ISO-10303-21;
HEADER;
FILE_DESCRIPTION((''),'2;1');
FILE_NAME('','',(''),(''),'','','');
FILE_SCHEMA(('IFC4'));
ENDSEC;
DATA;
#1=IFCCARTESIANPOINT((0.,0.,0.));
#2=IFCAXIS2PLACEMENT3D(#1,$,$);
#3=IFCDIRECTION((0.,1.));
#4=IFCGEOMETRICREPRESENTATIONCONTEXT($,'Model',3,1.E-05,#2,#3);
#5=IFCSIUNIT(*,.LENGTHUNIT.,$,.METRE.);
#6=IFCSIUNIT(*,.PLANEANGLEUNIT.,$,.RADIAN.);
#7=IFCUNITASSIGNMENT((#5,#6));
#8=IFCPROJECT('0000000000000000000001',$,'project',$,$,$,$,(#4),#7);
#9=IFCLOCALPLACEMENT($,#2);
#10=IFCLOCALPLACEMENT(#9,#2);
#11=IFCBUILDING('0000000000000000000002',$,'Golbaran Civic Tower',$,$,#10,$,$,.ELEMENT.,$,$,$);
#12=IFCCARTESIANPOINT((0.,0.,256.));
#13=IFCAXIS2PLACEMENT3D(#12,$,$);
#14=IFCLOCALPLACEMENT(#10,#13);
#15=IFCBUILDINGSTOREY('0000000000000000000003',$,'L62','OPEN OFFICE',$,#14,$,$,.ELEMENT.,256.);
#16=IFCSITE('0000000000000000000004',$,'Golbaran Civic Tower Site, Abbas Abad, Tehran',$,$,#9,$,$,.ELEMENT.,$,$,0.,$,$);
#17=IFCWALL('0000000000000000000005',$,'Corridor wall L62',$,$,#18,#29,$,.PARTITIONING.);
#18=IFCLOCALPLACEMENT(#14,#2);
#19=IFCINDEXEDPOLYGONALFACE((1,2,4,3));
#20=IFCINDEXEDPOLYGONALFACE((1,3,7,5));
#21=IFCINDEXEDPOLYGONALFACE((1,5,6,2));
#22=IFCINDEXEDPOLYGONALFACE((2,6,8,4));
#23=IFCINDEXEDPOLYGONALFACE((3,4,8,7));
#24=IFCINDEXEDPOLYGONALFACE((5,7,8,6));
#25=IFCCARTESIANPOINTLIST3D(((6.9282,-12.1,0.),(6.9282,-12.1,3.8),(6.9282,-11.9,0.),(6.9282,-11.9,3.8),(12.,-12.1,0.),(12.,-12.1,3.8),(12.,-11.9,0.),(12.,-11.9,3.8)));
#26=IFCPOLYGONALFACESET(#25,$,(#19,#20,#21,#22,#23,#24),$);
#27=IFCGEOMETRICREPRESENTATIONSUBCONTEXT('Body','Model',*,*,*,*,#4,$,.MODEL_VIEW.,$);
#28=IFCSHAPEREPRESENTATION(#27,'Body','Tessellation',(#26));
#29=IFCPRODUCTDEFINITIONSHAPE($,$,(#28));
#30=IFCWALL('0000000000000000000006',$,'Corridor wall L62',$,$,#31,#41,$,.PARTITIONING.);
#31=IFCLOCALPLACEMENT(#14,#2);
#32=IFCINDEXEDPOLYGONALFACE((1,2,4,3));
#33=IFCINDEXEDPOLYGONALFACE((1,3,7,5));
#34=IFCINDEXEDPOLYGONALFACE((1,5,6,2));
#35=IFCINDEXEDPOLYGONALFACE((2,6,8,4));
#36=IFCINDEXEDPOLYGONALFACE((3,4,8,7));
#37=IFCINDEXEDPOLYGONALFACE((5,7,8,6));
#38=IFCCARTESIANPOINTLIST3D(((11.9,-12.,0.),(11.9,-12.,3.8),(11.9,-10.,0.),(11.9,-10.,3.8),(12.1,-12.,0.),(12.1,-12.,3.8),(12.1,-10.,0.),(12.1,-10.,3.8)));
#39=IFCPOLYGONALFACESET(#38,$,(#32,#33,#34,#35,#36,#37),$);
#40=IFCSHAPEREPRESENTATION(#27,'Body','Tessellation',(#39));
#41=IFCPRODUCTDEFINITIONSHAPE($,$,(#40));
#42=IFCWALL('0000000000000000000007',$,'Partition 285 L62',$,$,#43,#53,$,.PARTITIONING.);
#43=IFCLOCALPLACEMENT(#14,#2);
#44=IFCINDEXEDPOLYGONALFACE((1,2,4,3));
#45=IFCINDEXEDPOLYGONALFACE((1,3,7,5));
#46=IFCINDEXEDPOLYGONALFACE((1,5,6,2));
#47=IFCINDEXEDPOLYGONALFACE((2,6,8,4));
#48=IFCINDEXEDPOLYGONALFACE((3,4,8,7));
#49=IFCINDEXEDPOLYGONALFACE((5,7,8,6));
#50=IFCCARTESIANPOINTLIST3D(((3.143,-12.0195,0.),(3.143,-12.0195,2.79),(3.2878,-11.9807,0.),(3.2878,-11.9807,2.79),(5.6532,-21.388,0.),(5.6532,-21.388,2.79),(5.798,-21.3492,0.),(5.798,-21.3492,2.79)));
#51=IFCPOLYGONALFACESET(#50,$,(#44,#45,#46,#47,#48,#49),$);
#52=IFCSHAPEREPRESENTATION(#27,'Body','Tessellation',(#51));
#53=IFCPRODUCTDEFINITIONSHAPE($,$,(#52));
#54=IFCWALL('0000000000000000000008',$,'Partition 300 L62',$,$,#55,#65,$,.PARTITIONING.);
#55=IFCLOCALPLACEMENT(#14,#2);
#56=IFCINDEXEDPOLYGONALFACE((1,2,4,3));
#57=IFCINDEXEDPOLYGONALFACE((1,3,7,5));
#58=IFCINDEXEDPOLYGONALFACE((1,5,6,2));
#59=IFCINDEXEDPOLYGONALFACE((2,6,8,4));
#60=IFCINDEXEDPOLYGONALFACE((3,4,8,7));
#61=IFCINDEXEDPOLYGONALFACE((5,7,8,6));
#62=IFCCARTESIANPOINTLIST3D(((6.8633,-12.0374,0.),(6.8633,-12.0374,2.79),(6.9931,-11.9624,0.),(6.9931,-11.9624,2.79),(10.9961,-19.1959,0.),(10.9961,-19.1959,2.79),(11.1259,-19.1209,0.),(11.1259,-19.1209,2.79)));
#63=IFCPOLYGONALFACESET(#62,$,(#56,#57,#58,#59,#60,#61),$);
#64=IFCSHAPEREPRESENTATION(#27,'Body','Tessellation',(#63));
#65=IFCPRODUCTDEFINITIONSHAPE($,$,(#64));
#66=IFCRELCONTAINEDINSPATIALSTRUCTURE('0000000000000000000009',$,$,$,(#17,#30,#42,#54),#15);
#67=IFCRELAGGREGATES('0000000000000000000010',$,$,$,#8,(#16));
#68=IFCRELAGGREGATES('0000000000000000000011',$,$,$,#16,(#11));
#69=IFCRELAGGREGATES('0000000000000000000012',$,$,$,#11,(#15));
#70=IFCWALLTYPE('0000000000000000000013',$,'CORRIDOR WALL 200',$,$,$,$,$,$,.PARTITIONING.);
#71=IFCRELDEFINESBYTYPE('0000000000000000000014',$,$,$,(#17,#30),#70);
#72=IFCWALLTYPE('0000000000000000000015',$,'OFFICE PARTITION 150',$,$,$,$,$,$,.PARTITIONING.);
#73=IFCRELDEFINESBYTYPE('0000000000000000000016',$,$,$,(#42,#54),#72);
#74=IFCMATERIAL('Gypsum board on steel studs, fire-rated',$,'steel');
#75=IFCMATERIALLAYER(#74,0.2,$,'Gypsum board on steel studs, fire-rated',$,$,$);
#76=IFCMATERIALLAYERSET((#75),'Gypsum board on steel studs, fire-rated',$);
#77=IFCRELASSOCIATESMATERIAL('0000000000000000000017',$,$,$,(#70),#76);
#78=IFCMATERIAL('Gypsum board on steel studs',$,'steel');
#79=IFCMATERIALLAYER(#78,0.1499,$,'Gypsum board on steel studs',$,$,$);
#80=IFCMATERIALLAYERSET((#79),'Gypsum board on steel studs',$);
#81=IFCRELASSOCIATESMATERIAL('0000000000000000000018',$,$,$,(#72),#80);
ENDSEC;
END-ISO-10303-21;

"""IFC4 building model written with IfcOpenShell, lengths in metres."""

from ifc_helpers import new_model, si_unit, direction, frame, frame_2d, origin, place, context, subcontext, project, spatial, rectangle, extrude, material, layer, layer_set, type_object, element, save


model = new_model("IFC4")

# Units and contexts
model_context = context("Model", 3, precision=1e-05, world=origin(), true_north=direction((0.0, 1.0)))
body_context = subcontext(model_context, "Body", "Model", "MODEL_VIEW")
ifc_project = project(units=[si_unit("LENGTHUNIT", "METRE"), si_unit("PLANEANGLEUNIT", "RADIAN")], contexts=[model_context])

# Site, building, storey
site_placement = place(None, origin())
site = spatial("IfcSite", under=ifc_project, at=site_placement, Name="Golbaran Civic Tower Site, Abbas Abad, Tehran", CompositionType="ELEMENT", RefElevation=0.0)
building_placement = place(site_placement, origin())
building = spatial("IfcBuilding", under=site, at=building_placement, Name="Golbaran Civic Tower", CompositionType="ELEMENT")
storey_placement = place(building_placement, frame((0.0, 0.0, 256.0)))
storey = spatial("IfcBuildingStorey", under=building, at=storey_placement, Name="L62", Description="OPEN OFFICE", CompositionType="ELEMENT", Elevation=256.0)

# Shared definitions
ifc_material_1 = material(Name="Gypsum board on steel studs, fire-rated", Category="steel")
ifc_layer_1 = layer(ifc_material_1, 0.2, Name="Gypsum board on steel studs, fire-rated")
ifc_layer_set_1 = layer_set([ifc_layer_1], Name="Gypsum board on steel studs, fire-rated")
wall_type_1 = type_object("IfcWallType", Name="CORRIDOR WALL 200", PredefinedType="PARTITIONING", material=ifc_layer_set_1)

# Walls
wall_1_placement = place(storey_placement, frame((6.9282, -12.0, 0.0), z_axis=(0.0, 0.0, 1.0), x_axis=(1.0, 0.0, 0.0)))
element("IfcWall", 1, at=wall_1_placement, inside=storey, type_object=wall_type_1, Name="Corridor wall L62", PredefinedType="PARTITIONING", context=body_context, shape_type="SweptSolid", body=[
    extrude(rectangle(XDim=5.0718, YDim=0.2, at=frame_2d((2.5359, 0.0))), origin(), (0.0, 0.0, 1.0), 3.8),
])
wall_2_placement = place(storey_placement, frame((12.0, -12.0, 0.0), z_axis=(0.0, 0.0, 1.0), x_axis=(0.0, 1.0, 0.0)))
element("IfcWall", 2, at=wall_2_placement, inside=storey, type_object=wall_type_1, Name="Corridor wall L62", PredefinedType="PARTITIONING", context=body_context, shape_type="SweptSolid", body=[
    extrude(rectangle(XDim=2.0, YDim=0.2, at=frame_2d((1.0, 0.0))), origin(), (0.0, 0.0, 1.0), 3.8),
])
ifc_material_2 = material(Name="Gypsum board on steel studs", Category="steel")
ifc_layer_2 = layer(ifc_material_2, 0.1499, Name="Gypsum board on steel studs")
ifc_layer_set_2 = layer_set([ifc_layer_2], Name="Gypsum board on steel studs")
wall_type_2 = type_object("IfcWallType", Name="OFFICE PARTITION 150", PredefinedType="PARTITIONING", material=ifc_layer_set_2)
wall_3_placement = place(storey_placement, frame((3.2153, -12.0, 0.0), z_axis=(0.0, 0.0, 1.0), x_axis=(0.258819, -0.965926, 0.0)))
element("IfcWall", 3, at=wall_3_placement, inside=storey, type_object=wall_type_2, Name="Partition 285 L62", PredefinedType="PARTITIONING", context=body_context, shape_type="SweptSolid", body=[
    extrude(rectangle(XDim=9.699, YDim=0.1499, at=frame_2d((4.8496, 0.0))), origin(), (0.0, 0.0, 1.0), 2.79),
])
wall_4_placement = place(storey_placement, frame((6.9282, -12.0, 0.0), z_axis=(0.0, 0.0, 1.0), x_axis=(0.499989, -0.866032, 0.0)))
element("IfcWall", 4, at=wall_4_placement, inside=storey, type_object=wall_type_2, Name="Partition 300 L62", PredefinedType="PARTITIONING", context=body_context, shape_type="SweptSolid", body=[
    extrude(rectangle(XDim=8.2659, YDim=0.1499, at=frame_2d((4.1328, 0.0))), origin(), (0.0, 0.0, 1.0), 2.79),
])

save(model, "model.ifc")
